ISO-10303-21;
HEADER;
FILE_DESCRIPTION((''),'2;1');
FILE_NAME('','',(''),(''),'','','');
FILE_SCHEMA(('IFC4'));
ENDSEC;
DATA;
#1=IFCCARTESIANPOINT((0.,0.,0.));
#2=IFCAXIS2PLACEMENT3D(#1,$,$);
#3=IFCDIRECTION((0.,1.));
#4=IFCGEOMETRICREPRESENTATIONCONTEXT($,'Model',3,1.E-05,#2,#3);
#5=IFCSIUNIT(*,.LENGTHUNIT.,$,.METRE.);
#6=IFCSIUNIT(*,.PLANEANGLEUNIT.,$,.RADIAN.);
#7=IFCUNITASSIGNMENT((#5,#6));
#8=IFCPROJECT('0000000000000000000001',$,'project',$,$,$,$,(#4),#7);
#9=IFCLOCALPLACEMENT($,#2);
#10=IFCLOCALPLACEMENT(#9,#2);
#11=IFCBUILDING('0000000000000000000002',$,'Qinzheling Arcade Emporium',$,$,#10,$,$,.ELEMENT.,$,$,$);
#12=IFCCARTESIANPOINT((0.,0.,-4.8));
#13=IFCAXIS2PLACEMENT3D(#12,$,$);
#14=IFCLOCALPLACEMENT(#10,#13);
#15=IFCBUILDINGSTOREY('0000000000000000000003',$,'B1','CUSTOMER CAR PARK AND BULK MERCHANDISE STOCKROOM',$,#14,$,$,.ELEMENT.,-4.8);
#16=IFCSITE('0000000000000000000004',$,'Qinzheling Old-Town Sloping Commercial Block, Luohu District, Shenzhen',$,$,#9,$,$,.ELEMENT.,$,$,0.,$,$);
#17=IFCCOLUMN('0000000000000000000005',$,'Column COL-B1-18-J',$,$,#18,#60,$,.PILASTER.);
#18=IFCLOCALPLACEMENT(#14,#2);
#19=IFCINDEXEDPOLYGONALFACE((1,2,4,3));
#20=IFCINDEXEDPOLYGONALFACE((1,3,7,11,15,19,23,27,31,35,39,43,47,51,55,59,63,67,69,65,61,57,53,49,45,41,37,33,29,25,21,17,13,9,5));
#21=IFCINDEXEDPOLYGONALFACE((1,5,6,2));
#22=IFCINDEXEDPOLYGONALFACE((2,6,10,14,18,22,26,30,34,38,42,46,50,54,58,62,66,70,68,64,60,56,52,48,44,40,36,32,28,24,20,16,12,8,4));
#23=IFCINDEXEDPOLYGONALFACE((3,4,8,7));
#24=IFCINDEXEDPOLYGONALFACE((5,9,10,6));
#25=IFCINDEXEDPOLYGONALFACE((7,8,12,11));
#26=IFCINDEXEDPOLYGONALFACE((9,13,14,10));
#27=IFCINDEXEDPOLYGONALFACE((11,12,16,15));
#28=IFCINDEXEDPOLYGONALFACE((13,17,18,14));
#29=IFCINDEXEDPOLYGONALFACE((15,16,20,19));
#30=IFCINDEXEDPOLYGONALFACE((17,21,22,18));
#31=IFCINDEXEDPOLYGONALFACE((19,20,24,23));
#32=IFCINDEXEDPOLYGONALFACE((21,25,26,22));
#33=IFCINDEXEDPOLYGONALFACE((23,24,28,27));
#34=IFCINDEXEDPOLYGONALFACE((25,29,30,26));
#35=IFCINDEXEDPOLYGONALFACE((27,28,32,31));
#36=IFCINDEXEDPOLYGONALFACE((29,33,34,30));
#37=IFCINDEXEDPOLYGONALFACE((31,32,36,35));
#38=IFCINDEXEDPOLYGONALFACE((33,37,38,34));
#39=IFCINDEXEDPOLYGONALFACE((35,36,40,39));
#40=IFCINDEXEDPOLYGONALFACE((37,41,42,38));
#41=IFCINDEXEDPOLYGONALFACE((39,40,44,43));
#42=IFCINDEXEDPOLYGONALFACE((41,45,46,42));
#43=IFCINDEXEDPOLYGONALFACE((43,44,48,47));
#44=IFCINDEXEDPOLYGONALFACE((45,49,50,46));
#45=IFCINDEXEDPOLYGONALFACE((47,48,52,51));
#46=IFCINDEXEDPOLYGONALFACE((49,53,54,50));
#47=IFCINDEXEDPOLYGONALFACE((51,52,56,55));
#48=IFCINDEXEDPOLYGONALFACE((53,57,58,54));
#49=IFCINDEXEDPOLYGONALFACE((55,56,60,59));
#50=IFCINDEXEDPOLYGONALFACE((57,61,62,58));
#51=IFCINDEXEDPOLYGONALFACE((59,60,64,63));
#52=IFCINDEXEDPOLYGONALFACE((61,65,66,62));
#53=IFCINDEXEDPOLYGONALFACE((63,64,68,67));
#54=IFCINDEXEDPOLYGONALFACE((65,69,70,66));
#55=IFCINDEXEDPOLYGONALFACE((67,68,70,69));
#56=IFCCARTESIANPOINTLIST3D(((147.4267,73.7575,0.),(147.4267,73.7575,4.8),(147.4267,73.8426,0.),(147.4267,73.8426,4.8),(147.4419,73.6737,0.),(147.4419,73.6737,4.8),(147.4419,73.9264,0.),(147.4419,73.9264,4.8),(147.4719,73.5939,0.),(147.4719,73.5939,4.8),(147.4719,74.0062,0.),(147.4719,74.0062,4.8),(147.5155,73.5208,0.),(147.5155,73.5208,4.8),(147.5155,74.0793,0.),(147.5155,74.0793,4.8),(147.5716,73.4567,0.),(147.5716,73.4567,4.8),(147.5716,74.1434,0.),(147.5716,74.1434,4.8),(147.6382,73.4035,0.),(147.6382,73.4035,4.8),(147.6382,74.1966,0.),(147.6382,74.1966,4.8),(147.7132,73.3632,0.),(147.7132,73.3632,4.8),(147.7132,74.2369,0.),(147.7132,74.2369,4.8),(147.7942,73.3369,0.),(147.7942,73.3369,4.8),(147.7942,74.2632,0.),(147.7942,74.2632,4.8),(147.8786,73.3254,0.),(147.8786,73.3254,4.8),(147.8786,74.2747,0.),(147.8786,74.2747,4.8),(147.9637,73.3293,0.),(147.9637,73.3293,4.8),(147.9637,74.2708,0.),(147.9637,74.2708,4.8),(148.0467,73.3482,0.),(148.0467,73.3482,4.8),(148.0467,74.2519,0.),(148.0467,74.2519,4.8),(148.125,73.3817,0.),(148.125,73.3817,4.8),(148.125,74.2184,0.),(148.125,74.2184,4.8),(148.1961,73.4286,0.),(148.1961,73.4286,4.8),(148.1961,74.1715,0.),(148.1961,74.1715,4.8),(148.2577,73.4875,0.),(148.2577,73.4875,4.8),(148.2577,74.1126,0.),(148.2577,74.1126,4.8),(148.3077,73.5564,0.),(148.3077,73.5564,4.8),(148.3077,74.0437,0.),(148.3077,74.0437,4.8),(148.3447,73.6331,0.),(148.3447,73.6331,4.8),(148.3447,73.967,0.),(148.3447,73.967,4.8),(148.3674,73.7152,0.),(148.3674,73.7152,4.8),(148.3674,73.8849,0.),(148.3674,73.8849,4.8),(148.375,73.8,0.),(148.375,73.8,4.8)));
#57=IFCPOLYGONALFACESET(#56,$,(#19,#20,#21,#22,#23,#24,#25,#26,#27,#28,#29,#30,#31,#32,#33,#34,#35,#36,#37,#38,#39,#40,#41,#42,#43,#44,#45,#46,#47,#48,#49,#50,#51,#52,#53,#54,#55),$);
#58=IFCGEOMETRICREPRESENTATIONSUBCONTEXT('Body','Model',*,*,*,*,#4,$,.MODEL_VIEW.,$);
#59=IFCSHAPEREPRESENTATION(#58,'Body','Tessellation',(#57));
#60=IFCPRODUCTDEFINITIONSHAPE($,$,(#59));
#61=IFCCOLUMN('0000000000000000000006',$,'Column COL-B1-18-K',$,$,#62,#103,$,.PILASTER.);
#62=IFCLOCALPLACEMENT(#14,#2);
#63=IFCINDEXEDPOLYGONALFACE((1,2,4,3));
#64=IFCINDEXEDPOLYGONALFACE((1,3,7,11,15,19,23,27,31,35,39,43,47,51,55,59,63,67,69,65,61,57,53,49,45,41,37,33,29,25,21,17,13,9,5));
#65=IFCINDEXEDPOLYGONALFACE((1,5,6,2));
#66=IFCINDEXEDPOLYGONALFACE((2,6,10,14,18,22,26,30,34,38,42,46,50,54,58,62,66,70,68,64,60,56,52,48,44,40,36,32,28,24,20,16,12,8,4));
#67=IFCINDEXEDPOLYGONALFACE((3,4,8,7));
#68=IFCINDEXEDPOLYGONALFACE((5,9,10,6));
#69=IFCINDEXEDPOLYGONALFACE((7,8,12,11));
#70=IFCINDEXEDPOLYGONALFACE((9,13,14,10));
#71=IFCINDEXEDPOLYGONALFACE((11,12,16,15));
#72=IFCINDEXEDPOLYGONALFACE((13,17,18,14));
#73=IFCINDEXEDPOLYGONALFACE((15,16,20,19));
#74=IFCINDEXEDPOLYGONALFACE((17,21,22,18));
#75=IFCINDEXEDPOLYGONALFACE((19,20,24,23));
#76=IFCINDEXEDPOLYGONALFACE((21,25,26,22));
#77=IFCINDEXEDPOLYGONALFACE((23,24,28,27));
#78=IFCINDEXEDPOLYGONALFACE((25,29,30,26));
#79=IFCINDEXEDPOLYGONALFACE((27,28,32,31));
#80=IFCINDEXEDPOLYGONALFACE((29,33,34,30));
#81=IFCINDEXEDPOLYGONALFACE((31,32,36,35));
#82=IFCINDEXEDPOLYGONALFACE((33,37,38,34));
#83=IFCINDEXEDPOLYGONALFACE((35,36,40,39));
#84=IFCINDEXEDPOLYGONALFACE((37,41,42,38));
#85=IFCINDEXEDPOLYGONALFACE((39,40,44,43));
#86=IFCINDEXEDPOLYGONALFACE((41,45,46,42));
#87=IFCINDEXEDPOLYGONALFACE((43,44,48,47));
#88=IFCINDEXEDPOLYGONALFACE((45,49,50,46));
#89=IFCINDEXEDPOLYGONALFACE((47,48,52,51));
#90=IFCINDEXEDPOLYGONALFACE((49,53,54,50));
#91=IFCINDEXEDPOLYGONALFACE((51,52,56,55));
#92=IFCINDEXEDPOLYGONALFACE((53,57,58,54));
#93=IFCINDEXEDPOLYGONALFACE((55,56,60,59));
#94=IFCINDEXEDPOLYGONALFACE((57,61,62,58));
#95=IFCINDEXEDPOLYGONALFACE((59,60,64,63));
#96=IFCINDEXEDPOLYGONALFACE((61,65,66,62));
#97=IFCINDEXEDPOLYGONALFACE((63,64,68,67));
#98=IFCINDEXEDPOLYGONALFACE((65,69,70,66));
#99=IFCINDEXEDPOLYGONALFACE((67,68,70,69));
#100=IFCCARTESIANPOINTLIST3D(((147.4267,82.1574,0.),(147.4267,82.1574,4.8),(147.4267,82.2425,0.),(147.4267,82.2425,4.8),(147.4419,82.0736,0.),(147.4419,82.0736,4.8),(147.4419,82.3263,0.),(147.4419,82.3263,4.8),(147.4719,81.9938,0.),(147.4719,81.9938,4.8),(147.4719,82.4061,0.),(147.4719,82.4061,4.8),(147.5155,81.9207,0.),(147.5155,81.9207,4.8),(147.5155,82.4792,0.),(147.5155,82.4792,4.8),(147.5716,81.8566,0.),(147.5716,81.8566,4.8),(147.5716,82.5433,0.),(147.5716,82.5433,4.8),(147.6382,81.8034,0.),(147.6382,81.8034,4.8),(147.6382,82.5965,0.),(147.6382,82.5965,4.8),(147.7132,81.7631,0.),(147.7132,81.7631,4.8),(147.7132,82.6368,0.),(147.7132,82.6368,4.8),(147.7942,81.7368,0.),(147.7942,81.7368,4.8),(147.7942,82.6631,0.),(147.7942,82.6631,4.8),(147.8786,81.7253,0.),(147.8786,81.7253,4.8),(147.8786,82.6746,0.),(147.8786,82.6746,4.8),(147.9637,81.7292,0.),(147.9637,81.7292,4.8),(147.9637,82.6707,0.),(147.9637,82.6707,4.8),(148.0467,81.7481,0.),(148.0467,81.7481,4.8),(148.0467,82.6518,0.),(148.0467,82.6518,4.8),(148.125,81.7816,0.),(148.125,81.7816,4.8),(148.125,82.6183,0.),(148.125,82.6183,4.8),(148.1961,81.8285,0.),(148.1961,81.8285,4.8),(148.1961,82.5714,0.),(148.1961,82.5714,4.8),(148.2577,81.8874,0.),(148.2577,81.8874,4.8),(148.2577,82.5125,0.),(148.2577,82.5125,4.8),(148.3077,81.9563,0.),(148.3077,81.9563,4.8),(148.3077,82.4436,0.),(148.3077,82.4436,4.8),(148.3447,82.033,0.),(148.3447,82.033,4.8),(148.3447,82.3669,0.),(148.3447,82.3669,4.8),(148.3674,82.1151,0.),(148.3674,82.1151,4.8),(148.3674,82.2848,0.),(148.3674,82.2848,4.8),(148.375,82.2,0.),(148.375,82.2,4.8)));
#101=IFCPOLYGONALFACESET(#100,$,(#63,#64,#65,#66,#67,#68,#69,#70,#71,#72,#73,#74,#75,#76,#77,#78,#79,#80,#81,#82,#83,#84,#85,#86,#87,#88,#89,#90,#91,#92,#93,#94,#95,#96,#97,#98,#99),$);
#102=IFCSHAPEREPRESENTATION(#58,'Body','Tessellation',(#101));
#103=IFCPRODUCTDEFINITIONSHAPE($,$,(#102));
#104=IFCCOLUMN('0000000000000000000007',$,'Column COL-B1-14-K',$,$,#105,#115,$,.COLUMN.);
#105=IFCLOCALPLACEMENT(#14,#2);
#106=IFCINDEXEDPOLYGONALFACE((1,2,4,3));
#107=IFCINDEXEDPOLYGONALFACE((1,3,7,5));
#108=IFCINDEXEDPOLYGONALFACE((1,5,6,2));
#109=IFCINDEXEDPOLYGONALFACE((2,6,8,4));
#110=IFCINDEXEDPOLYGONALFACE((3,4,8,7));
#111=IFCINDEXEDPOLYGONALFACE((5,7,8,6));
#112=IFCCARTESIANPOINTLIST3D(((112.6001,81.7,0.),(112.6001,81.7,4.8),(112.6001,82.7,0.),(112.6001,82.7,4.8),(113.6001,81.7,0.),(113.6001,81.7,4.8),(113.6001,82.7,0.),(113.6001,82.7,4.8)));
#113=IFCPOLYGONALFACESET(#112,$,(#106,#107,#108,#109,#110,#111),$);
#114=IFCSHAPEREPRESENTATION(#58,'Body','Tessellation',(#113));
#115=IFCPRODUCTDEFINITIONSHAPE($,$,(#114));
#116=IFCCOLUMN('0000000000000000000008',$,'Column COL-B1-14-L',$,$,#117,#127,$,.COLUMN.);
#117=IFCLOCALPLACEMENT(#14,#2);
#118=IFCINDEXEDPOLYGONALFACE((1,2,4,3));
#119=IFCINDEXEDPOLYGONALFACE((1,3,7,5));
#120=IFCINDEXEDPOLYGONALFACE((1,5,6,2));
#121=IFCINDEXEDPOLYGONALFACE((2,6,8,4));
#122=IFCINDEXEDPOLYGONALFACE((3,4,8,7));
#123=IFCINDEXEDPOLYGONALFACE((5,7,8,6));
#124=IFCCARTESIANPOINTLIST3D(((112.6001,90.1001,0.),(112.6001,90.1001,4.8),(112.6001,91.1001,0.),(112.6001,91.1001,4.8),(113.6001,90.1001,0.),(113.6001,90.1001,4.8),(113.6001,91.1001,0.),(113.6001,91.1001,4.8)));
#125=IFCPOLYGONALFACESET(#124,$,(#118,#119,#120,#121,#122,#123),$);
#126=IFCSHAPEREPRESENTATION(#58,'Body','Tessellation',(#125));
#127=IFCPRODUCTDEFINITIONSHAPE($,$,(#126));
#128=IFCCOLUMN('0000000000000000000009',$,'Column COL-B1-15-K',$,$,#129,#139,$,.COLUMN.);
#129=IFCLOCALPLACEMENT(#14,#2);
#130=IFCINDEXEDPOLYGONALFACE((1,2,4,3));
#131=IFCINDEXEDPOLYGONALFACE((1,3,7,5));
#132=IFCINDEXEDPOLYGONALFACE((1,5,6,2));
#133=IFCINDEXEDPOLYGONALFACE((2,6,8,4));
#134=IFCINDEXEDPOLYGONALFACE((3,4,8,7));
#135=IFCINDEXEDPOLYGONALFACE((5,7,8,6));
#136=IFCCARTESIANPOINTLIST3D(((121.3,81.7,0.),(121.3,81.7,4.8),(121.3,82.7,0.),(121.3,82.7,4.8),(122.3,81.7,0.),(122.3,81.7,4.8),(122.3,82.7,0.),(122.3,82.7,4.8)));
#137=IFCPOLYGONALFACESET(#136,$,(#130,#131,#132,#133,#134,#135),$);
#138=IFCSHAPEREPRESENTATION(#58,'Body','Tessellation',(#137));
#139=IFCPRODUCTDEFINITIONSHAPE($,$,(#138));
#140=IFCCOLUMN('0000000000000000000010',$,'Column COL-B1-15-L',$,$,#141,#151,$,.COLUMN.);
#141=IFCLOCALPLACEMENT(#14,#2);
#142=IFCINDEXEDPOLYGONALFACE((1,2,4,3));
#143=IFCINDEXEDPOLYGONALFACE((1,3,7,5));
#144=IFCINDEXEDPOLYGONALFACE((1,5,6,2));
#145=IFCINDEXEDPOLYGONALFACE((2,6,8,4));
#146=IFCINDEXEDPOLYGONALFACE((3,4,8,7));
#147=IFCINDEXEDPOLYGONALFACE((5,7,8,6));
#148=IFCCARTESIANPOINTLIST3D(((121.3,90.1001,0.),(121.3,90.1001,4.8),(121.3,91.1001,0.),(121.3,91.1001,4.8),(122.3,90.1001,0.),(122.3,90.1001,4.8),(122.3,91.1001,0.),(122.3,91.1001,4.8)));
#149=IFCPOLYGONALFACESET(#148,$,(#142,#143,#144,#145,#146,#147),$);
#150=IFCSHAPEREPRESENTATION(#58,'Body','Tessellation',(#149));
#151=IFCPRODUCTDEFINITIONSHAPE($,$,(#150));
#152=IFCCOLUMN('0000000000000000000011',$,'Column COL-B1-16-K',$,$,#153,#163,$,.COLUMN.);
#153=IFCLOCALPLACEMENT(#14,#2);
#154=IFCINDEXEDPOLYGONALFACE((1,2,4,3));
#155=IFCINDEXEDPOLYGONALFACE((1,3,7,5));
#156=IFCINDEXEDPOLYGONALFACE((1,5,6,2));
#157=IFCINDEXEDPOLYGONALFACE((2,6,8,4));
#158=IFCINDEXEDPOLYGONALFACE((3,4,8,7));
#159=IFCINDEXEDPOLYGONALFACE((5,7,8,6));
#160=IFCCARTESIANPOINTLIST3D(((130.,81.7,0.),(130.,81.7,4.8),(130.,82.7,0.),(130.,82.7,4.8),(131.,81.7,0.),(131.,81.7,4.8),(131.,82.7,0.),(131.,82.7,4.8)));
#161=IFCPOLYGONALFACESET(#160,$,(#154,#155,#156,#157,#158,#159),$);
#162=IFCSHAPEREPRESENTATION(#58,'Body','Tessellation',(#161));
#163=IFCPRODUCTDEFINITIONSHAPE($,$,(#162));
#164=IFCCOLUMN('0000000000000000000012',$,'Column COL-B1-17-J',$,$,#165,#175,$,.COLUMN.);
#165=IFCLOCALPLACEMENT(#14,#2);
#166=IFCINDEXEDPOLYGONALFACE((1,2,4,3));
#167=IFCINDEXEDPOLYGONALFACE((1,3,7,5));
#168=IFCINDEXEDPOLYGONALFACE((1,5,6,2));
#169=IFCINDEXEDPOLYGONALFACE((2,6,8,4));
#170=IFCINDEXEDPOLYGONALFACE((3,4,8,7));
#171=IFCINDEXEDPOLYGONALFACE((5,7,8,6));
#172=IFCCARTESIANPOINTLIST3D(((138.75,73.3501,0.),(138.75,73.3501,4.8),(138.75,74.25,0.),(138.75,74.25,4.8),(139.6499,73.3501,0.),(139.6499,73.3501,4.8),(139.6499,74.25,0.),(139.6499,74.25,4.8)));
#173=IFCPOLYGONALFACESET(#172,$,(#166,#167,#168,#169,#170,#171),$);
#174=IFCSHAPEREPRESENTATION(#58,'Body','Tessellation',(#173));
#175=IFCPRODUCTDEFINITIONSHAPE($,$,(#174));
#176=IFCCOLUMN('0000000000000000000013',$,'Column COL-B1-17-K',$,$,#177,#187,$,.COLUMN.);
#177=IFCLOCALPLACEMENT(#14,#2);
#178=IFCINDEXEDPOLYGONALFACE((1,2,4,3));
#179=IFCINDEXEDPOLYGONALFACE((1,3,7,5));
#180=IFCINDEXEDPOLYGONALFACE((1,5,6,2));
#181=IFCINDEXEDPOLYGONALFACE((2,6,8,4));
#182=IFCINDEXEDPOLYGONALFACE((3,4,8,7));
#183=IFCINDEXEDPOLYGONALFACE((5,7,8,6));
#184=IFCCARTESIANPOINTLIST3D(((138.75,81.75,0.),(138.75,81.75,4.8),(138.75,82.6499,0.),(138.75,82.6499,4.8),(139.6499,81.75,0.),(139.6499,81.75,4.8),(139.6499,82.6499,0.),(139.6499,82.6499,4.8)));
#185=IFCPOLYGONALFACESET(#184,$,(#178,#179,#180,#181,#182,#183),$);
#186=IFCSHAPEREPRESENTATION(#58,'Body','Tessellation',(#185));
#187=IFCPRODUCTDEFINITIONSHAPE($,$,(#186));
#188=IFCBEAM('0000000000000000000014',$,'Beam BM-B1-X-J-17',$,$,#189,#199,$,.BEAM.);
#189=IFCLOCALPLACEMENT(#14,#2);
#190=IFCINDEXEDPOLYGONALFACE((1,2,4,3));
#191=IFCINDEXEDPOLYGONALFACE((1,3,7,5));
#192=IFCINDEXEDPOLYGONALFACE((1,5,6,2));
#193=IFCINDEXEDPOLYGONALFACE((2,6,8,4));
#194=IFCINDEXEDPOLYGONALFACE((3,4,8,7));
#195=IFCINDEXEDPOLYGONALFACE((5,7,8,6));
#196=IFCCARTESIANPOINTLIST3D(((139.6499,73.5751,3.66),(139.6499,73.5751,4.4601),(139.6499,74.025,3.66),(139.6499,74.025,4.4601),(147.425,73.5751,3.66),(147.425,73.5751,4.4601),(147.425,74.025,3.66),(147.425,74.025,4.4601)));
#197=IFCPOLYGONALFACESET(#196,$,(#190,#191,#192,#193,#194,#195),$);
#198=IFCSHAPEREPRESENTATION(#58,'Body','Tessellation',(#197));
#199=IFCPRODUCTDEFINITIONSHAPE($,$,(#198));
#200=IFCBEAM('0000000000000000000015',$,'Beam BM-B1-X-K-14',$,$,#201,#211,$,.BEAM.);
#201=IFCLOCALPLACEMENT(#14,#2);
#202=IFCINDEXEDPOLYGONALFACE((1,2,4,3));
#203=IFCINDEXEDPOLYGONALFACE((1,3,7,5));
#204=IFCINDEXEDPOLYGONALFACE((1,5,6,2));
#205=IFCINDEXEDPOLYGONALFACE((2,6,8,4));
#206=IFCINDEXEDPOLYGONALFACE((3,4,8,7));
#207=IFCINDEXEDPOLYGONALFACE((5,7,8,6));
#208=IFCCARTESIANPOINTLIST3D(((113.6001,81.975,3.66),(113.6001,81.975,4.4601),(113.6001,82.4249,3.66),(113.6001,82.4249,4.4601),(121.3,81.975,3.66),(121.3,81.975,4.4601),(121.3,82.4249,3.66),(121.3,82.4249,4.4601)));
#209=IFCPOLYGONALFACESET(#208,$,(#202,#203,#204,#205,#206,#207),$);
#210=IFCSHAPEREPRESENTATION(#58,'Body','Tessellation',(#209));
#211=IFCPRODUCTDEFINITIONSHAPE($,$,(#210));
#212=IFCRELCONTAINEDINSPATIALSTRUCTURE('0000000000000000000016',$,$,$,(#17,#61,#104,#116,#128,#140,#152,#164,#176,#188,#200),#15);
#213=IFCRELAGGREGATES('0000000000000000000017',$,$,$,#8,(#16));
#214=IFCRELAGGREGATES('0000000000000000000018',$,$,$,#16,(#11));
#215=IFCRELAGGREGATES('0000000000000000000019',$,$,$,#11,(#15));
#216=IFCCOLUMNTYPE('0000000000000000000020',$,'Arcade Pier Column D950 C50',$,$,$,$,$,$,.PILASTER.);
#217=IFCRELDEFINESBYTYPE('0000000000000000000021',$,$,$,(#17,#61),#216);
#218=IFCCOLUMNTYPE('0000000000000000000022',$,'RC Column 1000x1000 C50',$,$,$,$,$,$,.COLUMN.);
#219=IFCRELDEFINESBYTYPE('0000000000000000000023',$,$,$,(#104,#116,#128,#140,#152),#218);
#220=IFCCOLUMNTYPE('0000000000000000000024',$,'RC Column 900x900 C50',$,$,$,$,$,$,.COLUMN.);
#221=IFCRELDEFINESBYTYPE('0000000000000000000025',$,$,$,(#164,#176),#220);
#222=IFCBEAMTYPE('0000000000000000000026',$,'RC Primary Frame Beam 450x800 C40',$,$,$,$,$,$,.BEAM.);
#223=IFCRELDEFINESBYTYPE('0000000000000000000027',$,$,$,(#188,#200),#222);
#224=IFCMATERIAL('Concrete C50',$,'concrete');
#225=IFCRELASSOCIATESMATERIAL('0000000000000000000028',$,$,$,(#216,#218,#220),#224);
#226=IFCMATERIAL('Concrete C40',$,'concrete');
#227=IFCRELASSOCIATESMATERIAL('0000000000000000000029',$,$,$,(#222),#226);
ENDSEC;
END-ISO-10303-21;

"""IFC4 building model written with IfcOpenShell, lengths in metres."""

from ifc_helpers import new_model, si_unit, direction, frame, origin, origin_2d, place, context, subcontext, project, spatial, rectangle, circle, extrude, material, material_profile, profile_set, type_object, element, save


model = new_model("IFC4")

# Units and contexts
model_context = context("Model", 3, precision=1e-05, world=origin(), true_north=direction((0.0, 1.0)))
body_context = subcontext(model_context, "Body", "Model", "MODEL_VIEW")
ifc_project = project(units=[si_unit("LENGTHUNIT", "METRE"), si_unit("PLANEANGLEUNIT", "RADIAN")], contexts=[model_context])

# Site, building, storey
site_placement = place(None, origin())
site = spatial("IfcSite", under=ifc_project, at=site_placement, Name="Qinzheling Old-Town Sloping Commercial Block, Luohu District, Shenzhen", CompositionType="ELEMENT", RefElevation=0.0)
building_placement = place(site_placement, origin())
building = spatial("IfcBuilding", under=site, at=building_placement, Name="Qinzheling Arcade Emporium", CompositionType="ELEMENT")
storey_placement = place(building_placement, frame((0.0, 0.0, -4.8)))
storey = spatial("IfcBuildingStorey", under=building, at=storey_placement, Name="B1", Description="CUSTOMER CAR PARK AND BULK MERCHANDISE STOCKROOM", CompositionType="ELEMENT", Elevation=-4.8)

# Columns
ifc_material_1 = material(Name="Concrete C50", Category="concrete")
ifc_material_profile_1 = material_profile(ifc_material_1, circle(Radius=0.4751, at=origin_2d()), Name="RC D950", Category="concrete")
ifc_profile_set_1 = profile_set([ifc_material_profile_1], Name="Concrete C50")
column_type_1 = type_object("IfcColumnType", Name="Arcade Pier Column D950 C50", PredefinedType="PILASTER", material=ifc_profile_set_1)
for number, where, z_axis, x_axis, name in (
    (1, (147.8999, 73.8, 0.0), (0.0, 0.0, 1.0), (1.0, 0.0, 0.0), "Column COL-B1-18-J"),
    (2, (147.8999, 82.2, 0.0), (0.0, 0.0, 1.0), (1.0, 0.0, 0.0), "Column COL-B1-18-K"),
):
    element("IfcColumn", number, at=place(storey_placement, frame(where, z_axis=z_axis, x_axis=x_axis)), inside=storey, type_object=column_type_1, Name=name, PredefinedType="PILASTER", context=body_context, shape_type="SweptSolid", body=[
        extrude(circle(Radius=0.4751, at=origin_2d()), origin(), (0.0, 0.0, 1.0), 4.8),
    ])
ifc_material_profile_2 = material_profile(ifc_material_1, rectangle(XDim=1.0, YDim=1.0, at=origin_2d()), Name="RC 1000x1000", Category="concrete")
ifc_profile_set_2 = profile_set([ifc_material_profile_2], Name="Concrete C50")
column_type_2 = type_object("IfcColumnType", Name="RC Column 1000x1000 C50", PredefinedType="COLUMN", material=ifc_profile_set_2)
for number, where, z_axis, x_axis, name in (
    (3, (113.1001, 82.2, 0.0), (0.0, 0.0, 1.0), (1.0, 0.0, 0.0), "Column COL-B1-14-K"),
    (4, (113.1001, 90.6001, 0.0), (0.0, 0.0, 1.0), (1.0, 0.0, 0.0), "Column COL-B1-14-L"),
    (5, (121.8, 82.2, 0.0), (0.0, 0.0, 1.0), (1.0, 0.0, 0.0), "Column COL-B1-15-K"),
    (6, (121.8, 90.6001, 0.0), (0.0, 0.0, 1.0), (1.0, 0.0, 0.0), "Column COL-B1-15-L"),
    (7, (130.5, 82.2, 0.0), (0.0, 0.0, 1.0), (1.0, 0.0, 0.0), "Column COL-B1-16-K"),
):
    element("IfcColumn", number, at=place(storey_placement, frame(where, z_axis=z_axis, x_axis=x_axis)), inside=storey, type_object=column_type_2, Name=name, PredefinedType="COLUMN", context=body_context, shape_type="SweptSolid", body=[
        extrude(rectangle(XDim=1.0, YDim=1.0, at=origin_2d()), origin(), (0.0, 0.0, 1.0), 4.8),
    ])
ifc_material_profile_3 = material_profile(ifc_material_1, rectangle(XDim=0.8999, YDim=0.8999, at=origin_2d()), Name="RC 900x900", Category="concrete")
ifc_profile_set_3 = profile_set([ifc_material_profile_3], Name="Concrete C50")
column_type_3 = type_object("IfcColumnType", Name="RC Column 900x900 C50", PredefinedType="COLUMN", material=ifc_profile_set_3)
for number, where, z_axis, x_axis, name in (
    (8, (139.2, 73.8, 0.0), (0.0, 0.0, 1.0), (1.0, 0.0, 0.0), "Column COL-B1-17-J"),
    (9, (139.2, 82.2, 0.0), (0.0, 0.0, 1.0), (1.0, 0.0, 0.0), "Column COL-B1-17-K"),
):
    element("IfcColumn", number, at=place(storey_placement, frame(where, z_axis=z_axis, x_axis=x_axis)), inside=storey, type_object=column_type_3, Name=name, PredefinedType="COLUMN", context=body_context, shape_type="SweptSolid", body=[
        extrude(rectangle(XDim=0.8999, YDim=0.8999, at=origin_2d()), origin(), (0.0, 0.0, 1.0), 4.8),
    ])

# Beams
ifc_material_2 = material(Name="Concrete C40", Category="concrete")
ifc_material_profile_4 = material_profile(ifc_material_2, rectangle(XDim=0.45, YDim=0.8, at=origin_2d()), Name="RC 450x800", Category="concrete")
ifc_profile_set_4 = profile_set([ifc_material_profile_4], Name="Concrete C40")
beam_type_1 = type_object("IfcBeamType", Name="RC Primary Frame Beam 450x800 C40", PredefinedType="BEAM", material=ifc_profile_set_4)
beam_1_placement = place(storey_placement, frame((139.6499, 73.8, 4.0601), z_axis=(1.0, 0.0, 0.0), x_axis=(0.0, 1.0, 0.0)))
element("IfcBeam", 10, at=beam_1_placement, inside=storey, type_object=beam_type_1, Name="Beam BM-B1-X-J-17", PredefinedType="BEAM", context=body_context, shape_type="SweptSolid", body=[
    extrude(rectangle(XDim=0.45, YDim=0.8, at=origin_2d()), origin(), (0.0, 0.0, 1.0), 7.7751),
])
for number, where, z_axis, x_axis, name in (
    (11, (113.6001, 82.2, 4.0601), (1.0, 0.0, 0.0), (0.0, 1.0, 0.0), "Beam BM-B1-X-K-14"),
):
    element("IfcBeam", number, at=place(storey_placement, frame(where, z_axis=z_axis, x_axis=x_axis)), inside=storey, type_object=beam_type_1, Name=name, PredefinedType="BEAM", context=body_context, shape_type="SweptSolid", body=[
        extrude(rectangle(XDim=0.45, YDim=0.8, at=origin_2d()), origin(), (0.0, 0.0, 1.0), 7.7),
    ])

save(model, "model.ifc")
